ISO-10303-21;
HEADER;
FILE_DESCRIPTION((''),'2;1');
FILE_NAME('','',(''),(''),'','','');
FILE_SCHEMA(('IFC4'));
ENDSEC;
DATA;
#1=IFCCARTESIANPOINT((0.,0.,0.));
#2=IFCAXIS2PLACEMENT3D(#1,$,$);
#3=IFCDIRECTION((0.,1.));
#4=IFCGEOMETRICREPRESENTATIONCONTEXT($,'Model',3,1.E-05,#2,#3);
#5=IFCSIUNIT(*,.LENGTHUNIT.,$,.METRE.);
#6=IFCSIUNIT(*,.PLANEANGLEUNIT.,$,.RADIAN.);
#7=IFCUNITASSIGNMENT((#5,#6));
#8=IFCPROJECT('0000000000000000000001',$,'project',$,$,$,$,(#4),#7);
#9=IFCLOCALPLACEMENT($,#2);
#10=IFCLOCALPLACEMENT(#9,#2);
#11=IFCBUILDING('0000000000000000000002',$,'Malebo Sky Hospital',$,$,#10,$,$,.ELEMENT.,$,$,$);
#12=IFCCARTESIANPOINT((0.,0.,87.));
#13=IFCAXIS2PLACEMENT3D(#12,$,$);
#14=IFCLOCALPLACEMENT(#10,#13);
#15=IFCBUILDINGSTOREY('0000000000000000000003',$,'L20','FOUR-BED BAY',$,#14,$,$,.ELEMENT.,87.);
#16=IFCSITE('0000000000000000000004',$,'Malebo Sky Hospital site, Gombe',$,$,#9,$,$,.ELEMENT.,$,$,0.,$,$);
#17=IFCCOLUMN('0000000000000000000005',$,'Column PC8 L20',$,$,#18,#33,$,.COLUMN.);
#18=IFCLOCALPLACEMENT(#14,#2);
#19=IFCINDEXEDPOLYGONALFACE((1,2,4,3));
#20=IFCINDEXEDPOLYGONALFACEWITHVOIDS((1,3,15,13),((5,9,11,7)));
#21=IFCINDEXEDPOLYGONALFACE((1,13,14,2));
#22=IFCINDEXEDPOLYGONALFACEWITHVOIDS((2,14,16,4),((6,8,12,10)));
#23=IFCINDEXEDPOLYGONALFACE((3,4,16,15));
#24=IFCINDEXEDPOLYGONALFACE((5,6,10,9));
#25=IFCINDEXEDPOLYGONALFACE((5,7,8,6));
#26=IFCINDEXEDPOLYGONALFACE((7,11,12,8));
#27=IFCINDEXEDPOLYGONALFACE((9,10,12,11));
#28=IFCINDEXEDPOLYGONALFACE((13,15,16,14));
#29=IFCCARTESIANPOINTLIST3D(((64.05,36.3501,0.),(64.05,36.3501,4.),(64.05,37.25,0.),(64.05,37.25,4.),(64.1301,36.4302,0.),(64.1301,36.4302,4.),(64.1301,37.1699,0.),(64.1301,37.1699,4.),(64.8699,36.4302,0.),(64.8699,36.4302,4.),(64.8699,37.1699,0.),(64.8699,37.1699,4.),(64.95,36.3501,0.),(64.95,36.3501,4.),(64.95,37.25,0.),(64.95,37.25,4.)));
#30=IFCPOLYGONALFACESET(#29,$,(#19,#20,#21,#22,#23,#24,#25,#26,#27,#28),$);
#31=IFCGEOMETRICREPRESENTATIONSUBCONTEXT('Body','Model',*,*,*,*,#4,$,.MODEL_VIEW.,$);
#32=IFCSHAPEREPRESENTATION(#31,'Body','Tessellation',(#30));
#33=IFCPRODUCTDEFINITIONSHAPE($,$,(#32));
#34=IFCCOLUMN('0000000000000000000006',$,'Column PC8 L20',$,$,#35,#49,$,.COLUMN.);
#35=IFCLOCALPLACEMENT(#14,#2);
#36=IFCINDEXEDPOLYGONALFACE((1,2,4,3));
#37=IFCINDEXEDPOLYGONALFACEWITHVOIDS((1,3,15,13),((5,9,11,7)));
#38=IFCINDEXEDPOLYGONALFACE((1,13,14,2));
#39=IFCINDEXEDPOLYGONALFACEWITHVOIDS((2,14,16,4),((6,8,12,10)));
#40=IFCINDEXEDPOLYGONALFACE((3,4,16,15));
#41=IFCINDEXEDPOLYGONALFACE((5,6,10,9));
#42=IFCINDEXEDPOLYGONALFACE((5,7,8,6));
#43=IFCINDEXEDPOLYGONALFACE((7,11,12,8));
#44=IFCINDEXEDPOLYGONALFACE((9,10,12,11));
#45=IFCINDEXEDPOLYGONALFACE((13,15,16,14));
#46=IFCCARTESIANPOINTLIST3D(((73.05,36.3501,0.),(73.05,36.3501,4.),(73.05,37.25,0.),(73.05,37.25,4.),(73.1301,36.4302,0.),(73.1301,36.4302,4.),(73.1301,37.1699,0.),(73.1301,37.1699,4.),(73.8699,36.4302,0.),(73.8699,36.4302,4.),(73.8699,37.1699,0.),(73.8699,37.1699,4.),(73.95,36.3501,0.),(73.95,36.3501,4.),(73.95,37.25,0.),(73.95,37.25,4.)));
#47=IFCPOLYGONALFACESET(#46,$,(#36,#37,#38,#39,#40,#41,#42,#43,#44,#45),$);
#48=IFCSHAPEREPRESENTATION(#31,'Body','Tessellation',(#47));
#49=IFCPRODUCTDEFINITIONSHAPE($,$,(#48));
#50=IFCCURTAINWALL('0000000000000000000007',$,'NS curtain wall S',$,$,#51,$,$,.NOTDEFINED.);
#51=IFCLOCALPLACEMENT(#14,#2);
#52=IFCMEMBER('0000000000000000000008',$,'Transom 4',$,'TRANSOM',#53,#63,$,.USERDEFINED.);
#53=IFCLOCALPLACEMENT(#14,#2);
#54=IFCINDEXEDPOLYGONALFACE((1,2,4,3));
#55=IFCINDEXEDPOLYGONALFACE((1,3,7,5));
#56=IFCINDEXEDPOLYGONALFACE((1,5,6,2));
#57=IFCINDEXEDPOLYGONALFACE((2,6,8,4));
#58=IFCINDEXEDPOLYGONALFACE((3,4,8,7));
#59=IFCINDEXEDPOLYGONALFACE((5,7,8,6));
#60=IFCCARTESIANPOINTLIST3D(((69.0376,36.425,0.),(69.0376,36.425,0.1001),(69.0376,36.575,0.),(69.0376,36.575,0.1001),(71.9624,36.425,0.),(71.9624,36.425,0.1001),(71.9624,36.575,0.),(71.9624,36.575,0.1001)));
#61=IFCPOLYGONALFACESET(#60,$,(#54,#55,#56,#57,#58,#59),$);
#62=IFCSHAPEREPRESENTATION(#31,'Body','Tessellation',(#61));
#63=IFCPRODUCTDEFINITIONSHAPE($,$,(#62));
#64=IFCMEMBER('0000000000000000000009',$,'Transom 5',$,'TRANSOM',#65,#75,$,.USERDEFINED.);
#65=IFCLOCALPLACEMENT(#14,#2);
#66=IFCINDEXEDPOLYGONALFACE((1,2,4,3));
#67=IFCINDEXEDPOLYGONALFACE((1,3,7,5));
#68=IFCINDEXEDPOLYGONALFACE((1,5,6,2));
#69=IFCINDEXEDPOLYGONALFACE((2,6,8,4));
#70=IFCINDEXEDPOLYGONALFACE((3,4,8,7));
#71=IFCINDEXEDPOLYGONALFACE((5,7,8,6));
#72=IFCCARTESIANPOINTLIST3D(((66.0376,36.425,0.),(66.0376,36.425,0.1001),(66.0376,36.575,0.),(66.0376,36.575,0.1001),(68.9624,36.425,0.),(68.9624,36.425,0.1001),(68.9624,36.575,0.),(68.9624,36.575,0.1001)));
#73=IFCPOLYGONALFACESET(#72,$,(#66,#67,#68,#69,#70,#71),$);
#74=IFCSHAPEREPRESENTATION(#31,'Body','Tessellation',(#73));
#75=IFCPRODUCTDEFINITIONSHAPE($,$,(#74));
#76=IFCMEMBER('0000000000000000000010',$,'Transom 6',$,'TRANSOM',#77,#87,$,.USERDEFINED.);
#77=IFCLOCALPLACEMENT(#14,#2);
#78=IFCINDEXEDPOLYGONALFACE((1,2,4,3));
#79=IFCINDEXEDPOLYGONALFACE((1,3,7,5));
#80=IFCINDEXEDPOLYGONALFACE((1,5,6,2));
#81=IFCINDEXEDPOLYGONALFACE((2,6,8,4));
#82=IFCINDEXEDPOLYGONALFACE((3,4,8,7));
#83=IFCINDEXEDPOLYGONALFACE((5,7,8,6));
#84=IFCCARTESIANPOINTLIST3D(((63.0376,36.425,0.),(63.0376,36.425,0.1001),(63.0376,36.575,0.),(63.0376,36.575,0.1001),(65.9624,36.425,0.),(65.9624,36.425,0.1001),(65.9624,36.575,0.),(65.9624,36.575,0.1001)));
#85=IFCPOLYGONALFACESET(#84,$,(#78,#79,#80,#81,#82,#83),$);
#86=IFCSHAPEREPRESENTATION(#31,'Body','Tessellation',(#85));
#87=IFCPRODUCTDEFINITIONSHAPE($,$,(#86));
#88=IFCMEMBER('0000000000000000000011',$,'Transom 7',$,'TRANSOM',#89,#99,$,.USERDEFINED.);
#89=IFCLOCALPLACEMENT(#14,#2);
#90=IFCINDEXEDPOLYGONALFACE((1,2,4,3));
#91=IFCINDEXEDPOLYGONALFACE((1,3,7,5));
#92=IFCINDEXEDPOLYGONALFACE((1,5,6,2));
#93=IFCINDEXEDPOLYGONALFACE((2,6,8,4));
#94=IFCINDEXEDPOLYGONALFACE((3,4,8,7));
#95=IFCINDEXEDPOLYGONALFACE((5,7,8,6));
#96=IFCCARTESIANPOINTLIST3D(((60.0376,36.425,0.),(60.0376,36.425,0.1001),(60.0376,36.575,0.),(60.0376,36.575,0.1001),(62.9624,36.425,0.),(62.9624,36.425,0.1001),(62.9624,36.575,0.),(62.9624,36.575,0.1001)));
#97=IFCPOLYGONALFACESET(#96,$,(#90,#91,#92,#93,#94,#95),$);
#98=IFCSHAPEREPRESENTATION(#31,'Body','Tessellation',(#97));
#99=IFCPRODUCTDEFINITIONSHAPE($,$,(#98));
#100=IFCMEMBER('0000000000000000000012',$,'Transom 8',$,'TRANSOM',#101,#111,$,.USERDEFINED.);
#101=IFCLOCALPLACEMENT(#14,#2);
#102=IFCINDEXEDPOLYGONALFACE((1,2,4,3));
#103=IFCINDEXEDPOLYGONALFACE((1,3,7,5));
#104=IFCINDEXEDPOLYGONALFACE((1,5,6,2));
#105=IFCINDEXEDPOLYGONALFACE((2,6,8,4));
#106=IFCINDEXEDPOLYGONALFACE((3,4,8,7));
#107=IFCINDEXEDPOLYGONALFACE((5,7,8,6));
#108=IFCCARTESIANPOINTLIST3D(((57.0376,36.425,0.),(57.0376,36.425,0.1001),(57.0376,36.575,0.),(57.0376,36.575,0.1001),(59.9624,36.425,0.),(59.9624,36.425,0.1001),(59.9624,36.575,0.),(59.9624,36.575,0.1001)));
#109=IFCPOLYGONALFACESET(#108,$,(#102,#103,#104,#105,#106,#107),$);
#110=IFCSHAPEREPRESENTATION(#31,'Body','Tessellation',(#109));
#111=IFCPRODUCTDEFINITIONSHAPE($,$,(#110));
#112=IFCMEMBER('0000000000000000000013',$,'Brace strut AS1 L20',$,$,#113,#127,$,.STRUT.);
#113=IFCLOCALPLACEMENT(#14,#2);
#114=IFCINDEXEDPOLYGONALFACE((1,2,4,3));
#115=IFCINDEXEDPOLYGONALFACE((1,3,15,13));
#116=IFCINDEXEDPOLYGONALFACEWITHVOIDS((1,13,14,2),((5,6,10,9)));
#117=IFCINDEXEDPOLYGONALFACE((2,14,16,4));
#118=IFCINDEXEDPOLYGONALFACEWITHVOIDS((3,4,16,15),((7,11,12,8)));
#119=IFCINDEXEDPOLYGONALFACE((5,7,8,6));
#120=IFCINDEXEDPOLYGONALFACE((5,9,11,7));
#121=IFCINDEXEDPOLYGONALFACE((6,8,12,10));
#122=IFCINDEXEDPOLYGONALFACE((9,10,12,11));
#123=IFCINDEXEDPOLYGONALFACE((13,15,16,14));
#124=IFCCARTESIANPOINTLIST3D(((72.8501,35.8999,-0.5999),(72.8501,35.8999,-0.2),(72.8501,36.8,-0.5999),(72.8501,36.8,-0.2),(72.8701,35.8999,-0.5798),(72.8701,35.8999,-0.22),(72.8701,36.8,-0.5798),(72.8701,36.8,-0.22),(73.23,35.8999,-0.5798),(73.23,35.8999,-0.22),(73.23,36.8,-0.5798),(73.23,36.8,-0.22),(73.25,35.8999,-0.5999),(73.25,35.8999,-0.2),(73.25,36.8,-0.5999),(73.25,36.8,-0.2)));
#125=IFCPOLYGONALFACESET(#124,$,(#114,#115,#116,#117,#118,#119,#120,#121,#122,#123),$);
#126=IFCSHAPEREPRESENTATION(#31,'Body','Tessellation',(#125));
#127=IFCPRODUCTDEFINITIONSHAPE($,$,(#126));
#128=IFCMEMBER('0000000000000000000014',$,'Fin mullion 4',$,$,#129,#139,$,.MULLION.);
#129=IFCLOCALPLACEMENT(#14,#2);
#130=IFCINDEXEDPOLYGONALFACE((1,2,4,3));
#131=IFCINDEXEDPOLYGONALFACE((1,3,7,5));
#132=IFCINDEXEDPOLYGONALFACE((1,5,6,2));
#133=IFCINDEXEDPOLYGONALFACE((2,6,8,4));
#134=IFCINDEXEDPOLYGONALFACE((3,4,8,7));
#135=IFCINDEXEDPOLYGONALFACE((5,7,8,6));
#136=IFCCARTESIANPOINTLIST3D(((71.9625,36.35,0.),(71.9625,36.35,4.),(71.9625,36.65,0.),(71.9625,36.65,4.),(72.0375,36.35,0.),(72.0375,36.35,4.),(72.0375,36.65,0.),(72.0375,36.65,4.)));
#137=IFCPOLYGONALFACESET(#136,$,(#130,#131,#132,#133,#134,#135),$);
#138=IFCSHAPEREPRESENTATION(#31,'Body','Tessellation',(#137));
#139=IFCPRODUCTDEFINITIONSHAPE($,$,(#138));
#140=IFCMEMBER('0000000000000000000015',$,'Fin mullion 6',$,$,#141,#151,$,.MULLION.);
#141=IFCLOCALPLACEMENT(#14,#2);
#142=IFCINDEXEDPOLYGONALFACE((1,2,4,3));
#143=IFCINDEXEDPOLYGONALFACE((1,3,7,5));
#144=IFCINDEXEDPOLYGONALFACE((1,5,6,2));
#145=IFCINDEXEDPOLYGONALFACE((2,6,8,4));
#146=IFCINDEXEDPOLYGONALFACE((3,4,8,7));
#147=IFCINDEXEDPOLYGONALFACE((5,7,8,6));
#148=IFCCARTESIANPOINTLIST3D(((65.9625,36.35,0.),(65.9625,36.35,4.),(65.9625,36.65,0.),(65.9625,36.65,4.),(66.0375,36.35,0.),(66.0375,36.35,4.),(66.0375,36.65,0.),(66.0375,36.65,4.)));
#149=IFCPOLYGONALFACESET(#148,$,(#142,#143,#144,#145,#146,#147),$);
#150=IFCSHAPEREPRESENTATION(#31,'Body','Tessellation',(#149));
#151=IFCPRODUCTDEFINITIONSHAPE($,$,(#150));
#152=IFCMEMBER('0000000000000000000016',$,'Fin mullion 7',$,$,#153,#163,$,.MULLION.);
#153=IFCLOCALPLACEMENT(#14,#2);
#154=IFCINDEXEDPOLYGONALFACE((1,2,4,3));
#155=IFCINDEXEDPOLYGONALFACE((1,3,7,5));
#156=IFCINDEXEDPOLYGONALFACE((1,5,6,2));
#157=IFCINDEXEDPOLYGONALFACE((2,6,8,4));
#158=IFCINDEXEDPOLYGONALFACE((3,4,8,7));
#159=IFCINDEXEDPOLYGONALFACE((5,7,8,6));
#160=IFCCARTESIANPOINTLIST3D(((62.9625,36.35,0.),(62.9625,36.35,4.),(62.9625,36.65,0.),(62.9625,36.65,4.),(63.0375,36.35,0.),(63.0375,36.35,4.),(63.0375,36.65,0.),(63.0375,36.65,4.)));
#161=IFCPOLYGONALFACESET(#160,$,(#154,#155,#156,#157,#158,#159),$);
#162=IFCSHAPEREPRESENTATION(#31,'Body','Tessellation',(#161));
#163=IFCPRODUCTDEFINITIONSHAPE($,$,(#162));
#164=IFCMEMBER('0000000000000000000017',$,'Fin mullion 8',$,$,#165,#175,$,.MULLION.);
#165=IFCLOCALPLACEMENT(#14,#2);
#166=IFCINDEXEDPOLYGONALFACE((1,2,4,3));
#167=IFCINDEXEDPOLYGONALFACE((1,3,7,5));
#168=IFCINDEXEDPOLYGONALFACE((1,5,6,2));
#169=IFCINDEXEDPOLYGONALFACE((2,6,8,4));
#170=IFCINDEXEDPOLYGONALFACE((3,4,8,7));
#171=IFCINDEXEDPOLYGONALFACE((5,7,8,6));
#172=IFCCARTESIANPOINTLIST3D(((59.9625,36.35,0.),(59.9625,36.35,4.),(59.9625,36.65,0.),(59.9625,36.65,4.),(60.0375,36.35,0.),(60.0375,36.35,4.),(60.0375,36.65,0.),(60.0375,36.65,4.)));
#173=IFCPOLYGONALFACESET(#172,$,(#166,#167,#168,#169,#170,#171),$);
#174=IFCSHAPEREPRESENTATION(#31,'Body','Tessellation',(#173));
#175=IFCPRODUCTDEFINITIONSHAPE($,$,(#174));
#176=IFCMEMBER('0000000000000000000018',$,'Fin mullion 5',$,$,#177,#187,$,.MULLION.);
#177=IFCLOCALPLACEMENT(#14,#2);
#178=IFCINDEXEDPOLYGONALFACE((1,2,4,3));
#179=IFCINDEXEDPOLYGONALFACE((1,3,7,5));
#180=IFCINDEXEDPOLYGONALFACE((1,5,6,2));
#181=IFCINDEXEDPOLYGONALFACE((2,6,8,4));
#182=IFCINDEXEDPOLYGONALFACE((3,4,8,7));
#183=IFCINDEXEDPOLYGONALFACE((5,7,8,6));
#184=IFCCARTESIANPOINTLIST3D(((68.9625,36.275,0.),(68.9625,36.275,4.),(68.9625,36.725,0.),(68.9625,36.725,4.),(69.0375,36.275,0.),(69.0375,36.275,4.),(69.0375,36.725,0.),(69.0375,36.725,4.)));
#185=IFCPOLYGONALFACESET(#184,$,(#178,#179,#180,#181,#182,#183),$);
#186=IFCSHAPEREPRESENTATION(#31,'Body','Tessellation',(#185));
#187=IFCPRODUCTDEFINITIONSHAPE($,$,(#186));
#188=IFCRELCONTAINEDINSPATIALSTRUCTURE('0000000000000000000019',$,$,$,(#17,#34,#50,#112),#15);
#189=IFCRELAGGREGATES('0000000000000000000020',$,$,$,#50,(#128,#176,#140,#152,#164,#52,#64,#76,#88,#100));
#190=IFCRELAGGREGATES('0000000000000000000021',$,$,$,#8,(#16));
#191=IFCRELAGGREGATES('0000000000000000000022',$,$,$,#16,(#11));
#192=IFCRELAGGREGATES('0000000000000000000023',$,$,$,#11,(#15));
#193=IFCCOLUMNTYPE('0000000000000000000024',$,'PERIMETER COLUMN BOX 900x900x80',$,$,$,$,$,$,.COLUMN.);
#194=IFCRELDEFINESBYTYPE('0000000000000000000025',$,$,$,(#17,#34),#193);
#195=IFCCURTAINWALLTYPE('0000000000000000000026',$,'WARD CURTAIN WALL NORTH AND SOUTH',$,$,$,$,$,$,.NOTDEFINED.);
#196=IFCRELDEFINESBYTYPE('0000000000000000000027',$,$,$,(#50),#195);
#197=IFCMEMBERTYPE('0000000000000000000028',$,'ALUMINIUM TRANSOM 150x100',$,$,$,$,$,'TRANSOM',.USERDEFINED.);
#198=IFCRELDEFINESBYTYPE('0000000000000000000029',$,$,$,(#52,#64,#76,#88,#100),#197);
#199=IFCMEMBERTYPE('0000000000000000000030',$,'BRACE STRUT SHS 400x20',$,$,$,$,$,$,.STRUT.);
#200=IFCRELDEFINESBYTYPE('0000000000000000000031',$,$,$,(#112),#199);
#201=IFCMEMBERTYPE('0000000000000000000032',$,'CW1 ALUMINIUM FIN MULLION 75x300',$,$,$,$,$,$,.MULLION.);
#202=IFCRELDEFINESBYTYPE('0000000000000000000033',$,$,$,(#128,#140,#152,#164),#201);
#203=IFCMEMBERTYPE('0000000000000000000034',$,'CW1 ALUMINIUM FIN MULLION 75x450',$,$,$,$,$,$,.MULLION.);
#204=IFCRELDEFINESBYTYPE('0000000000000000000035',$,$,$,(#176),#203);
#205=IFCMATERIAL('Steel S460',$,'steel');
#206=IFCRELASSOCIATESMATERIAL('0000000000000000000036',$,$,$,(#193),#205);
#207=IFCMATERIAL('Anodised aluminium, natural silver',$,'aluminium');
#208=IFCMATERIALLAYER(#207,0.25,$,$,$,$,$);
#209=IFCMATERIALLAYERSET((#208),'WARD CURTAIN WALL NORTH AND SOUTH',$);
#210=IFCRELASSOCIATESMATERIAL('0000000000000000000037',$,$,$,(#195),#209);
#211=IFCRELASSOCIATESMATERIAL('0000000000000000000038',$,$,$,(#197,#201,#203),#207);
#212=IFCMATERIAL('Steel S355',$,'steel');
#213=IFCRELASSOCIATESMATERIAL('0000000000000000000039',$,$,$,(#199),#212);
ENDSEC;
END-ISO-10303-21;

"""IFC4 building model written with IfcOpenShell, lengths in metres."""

from ifc_helpers import new_model, si_unit, direction, frame, origin, origin_2d, place, context, subcontext, project, spatial, rectangle, hollow_rectangle, extrude, material, layer, layer_set, material_profile, profile_set, type_object, element, aggregate, save


model = new_model("IFC4")

# Units and contexts
model_context = context("Model", 3, precision=1e-05, world=origin(), true_north=direction((0.0, 1.0)))
body_context = subcontext(model_context, "Body", "Model", "MODEL_VIEW")
ifc_project = project(units=[si_unit("LENGTHUNIT", "METRE"), si_unit("PLANEANGLEUNIT", "RADIAN")], contexts=[model_context])

# Site, building, storey
site_placement = place(None, origin())
site = spatial("IfcSite", under=ifc_project, at=site_placement, Name="Malebo Sky Hospital site, Gombe", CompositionType="ELEMENT", RefElevation=0.0)
building_placement = place(site_placement, origin())
building = spatial("IfcBuilding", under=site, at=building_placement, Name="Malebo Sky Hospital", CompositionType="ELEMENT")
storey_placement = place(building_placement, frame((0.0, 0.0, 87.0)))
storey = spatial("IfcBuildingStorey", under=building, at=storey_placement, Name="L20", Description="FOUR-BED BAY", CompositionType="ELEMENT", Elevation=87.0)

# Columns
ifc_material_1 = material(Name="Steel S460", Category="steel")
ifc_material_profile_1 = material_profile(ifc_material_1, hollow_rectangle(XDim=0.8999, YDim=0.8999, WallThickness=0.0801, at=origin_2d()), Name="BOX 900x900x80")
ifc_profile_set_1 = profile_set([ifc_material_profile_1], Name="Steel S460")
column_type = type_object("IfcColumnType", Name="PERIMETER COLUMN BOX 900x900x80", PredefinedType="COLUMN", material=ifc_profile_set_1)
for number, where, z_axis, x_axis, name in (
    (1, (64.5, 36.8, 0.0), (0.0, 0.0, 1.0), (1.0, 0.0, 0.0), "Column PC8 L20"),
    (2, (73.5, 36.8, 0.0), (0.0, 0.0, 1.0), (1.0, 0.0, 0.0), "Column PC8 L20"),
):
    element("IfcColumn", number, at=place(storey_placement, frame(where, z_axis=z_axis, x_axis=x_axis)), inside=storey, type_object=column_type, Name=name, PredefinedType="COLUMN", context=body_context, shape_type="SweptSolid", body=[
        extrude(hollow_rectangle(XDim=0.8999, YDim=0.8999, WallThickness=0.0801, at=origin_2d()), origin(), (0.0, 0.0, 1.0), 4.0),
    ])

# Curtain wall, members
ifc_material_2 = material(Name="Anodised aluminium, natural silver", Category="aluminium")
ifc_layer_1 = layer(ifc_material_2, 0.25)
ifc_layer_set_1 = layer_set([ifc_layer_1], Name="WARD CURTAIN WALL NORTH AND SOUTH")
curtain_wall_type = type_object("IfcCurtainWallType", Name="WARD CURTAIN WALL NORTH AND SOUTH", PredefinedType="NOTDEFINED", material=ifc_layer_set_1)
curtain_wall_placement = place(storey_placement, origin())
curtain_wall = element("IfcCurtainWall", 3, at=curtain_wall_placement, inside=storey, type_object=curtain_wall_type, Name="NS curtain wall S", PredefinedType="NOTDEFINED")
ifc_material_profile_2 = material_profile(ifc_material_2, rectangle(XDim=0.1499, YDim=0.1001, at=origin_2d()), Name="ALUMINIUM TRANSOM 150x100")
ifc_profile_set_2 = profile_set([ifc_material_profile_2], Name="Anodised aluminium, natural silver")
member_type_1 = type_object("IfcMemberType", Name="ALUMINIUM TRANSOM 150x100", ElementType="TRANSOM", PredefinedType="USERDEFINED", material=ifc_profile_set_2)
member_1_placement = place(storey_placement, frame((71.9624, 36.5, 0.05), z_axis=(-1.0, 0.0, 0.0), x_axis=(0.0, -1.0, 0.0)))
member_1 = element("IfcMember", 4, at=member_1_placement, type_object=member_type_1, Name="Transom 4", ObjectType="TRANSOM", PredefinedType="USERDEFINED", context=body_context, shape_type="SweptSolid", body=[
    extrude(rectangle(XDim=0.1499, YDim=0.1001, at=origin_2d()), origin(), (0.0, 0.0, 1.0), 2.9248),
])
member_2_placement = place(storey_placement, frame((68.9624, 36.5, 0.05), z_axis=(-1.0, 0.0, 0.0), x_axis=(0.0, -1.0, 0.0)))
member_2 = element("IfcMember", 5, at=member_2_placement, type_object=member_type_1, Name="Transom 5", ObjectType="TRANSOM", PredefinedType="USERDEFINED", context=body_context, shape_type="SweptSolid", body=[
    extrude(rectangle(XDim=0.1499, YDim=0.1001, at=origin_2d()), origin(), (0.0, 0.0, 1.0), 2.9248),
])
member_3_placement = place(storey_placement, frame((65.9624, 36.5, 0.05), z_axis=(-1.0, 0.0, 0.0), x_axis=(0.0, -1.0, 0.0)))
member_3 = element("IfcMember", 6, at=member_3_placement, type_object=member_type_1, Name="Transom 6", ObjectType="TRANSOM", PredefinedType="USERDEFINED", context=body_context, shape_type="SweptSolid", body=[
    extrude(rectangle(XDim=0.1499, YDim=0.1001, at=origin_2d()), origin(), (0.0, 0.0, 1.0), 2.9248),
])
member_4_placement = place(storey_placement, frame((62.9624, 36.5, 0.05), z_axis=(-1.0, 0.0, 0.0), x_axis=(0.0, -1.0, 0.0)))
member_4 = element("IfcMember", 7, at=member_4_placement, type_object=member_type_1, Name="Transom 7", ObjectType="TRANSOM", PredefinedType="USERDEFINED", context=body_context, shape_type="SweptSolid", body=[
    extrude(rectangle(XDim=0.1499, YDim=0.1001, at=origin_2d()), origin(), (0.0, 0.0, 1.0), 2.9248),
])
member_5_placement = place(storey_placement, frame((59.9624, 36.5, 0.05), z_axis=(-1.0, 0.0, 0.0), x_axis=(0.0, -1.0, 0.0)))
member_5 = element("IfcMember", 8, at=member_5_placement, type_object=member_type_1, Name="Transom 8", ObjectType="TRANSOM", PredefinedType="USERDEFINED", context=body_context, shape_type="SweptSolid", body=[
    extrude(rectangle(XDim=0.1499, YDim=0.1001, at=origin_2d()), origin(), (0.0, 0.0, 1.0), 2.9248),
])

# Members
ifc_material_3 = material(Name="Steel S355", Category="steel")
ifc_material_profile_3 = material_profile(ifc_material_3, hollow_rectangle(XDim=0.3999, YDim=0.3999, WallThickness=0.02, at=origin_2d()), Name="SHS 400x20")
ifc_profile_set_3 = profile_set([ifc_material_profile_3], Name="Steel S355")
member_type_2 = type_object("IfcMemberType", Name="BRACE STRUT SHS 400x20", PredefinedType="STRUT", material=ifc_profile_set_3)
member_6_placement = place(storey_placement, frame((73.05, 35.8999, -0.3999), z_axis=(0.0, 1.0, 0.0), x_axis=(-1.0, 0.0, 0.0)))
element("IfcMember", 9, at=member_6_placement, inside=storey, type_object=member_type_2, Name="Brace strut AS1 L20", PredefinedType="STRUT", context=body_context, shape_type="SweptSolid", body=[
    extrude(hollow_rectangle(XDim=0.3999, YDim=0.3999, WallThickness=0.02, at=origin_2d()), origin(), (0.0, 0.0, 1.0), 0.9001),
])
ifc_material_profile_4 = material_profile(ifc_material_2, rectangle(XDim=0.075, YDim=0.3, at=origin_2d()), Name="CW1 ALUMINIUM FIN MULLION 75x300")
ifc_profile_set_4 = profile_set([ifc_material_profile_4], Name="Anodised aluminium, natural silver")
member_type_3 = type_object("IfcMemberType", Name="CW1 ALUMINIUM FIN MULLION 75x300", PredefinedType="MULLION", material=ifc_profile_set_4)
member_7_placement = place(storey_placement, frame((72.0, 36.5, 0.0), z_axis=(0.0, 0.0, 1.0), x_axis=(-1.0, 0.0, 0.0)))
member_7 = element("IfcMember", 10, at=member_7_placement, type_object=member_type_3, Name="Fin mullion 4", PredefinedType="MULLION", context=body_context, shape_type="SweptSolid", body=[
    extrude(rectangle(XDim=0.075, YDim=0.3, at=origin_2d()), origin(), (0.0, 0.0, 1.0), 4.0),
])
member_8_placement = place(storey_placement, frame((66.0, 36.5, 0.0), z_axis=(0.0, 0.0, 1.0), x_axis=(-1.0, 0.0, 0.0)))
member_8 = element("IfcMember", 11, at=member_8_placement, type_object=member_type_3, Name="Fin mullion 6", PredefinedType="MULLION", context=body_context, shape_type="SweptSolid", body=[
    extrude(rectangle(XDim=0.075, YDim=0.3, at=origin_2d()), origin(), (0.0, 0.0, 1.0), 4.0),
])
member_9_placement = place(storey_placement, frame((63.0, 36.5, 0.0), z_axis=(0.0, 0.0, 1.0), x_axis=(-1.0, 0.0, 0.0)))
member_9 = element("IfcMember", 12, at=member_9_placement, type_object=member_type_3, Name="Fin mullion 7", PredefinedType="MULLION", context=body_context, shape_type="SweptSolid", body=[
    extrude(rectangle(XDim=0.075, YDim=0.3, at=origin_2d()), origin(), (0.0, 0.0, 1.0), 4.0),
])
member_10_placement = place(storey_placement, frame((60.0, 36.5, 0.0), z_axis=(0.0, 0.0, 1.0), x_axis=(-1.0, 0.0, 0.0)))
member_10 = element("IfcMember", 13, at=member_10_placement, type_object=member_type_3, Name="Fin mullion 8", PredefinedType="MULLION", context=body_context, shape_type="SweptSolid", body=[
    extrude(rectangle(XDim=0.075, YDim=0.3, at=origin_2d()), origin(), (0.0, 0.0, 1.0), 4.0),
])
ifc_material_profile_5 = material_profile(ifc_material_2, rectangle(XDim=0.075, YDim=0.45, at=origin_2d()), Name="CW1 ALUMINIUM FIN MULLION 75x450")
ifc_profile_set_5 = profile_set([ifc_material_profile_5], Name="Anodised aluminium, natural silver")
member_type_4 = type_object("IfcMemberType", Name="CW1 ALUMINIUM FIN MULLION 75x450", PredefinedType="MULLION", material=ifc_profile_set_5)
member_11_placement = place(storey_placement, frame((69.0, 36.5, 0.0), z_axis=(0.0, 0.0, 1.0), x_axis=(-1.0, 0.0, 0.0)))
member_11 = element("IfcMember", 14, at=member_11_placement, type_object=member_type_4, Name="Fin mullion 5", PredefinedType="MULLION", context=body_context, shape_type="SweptSolid", body=[
    extrude(rectangle(XDim=0.075, YDim=0.45, at=origin_2d()), origin(), (0.0, 0.0, 1.0), 4.0),
])

aggregate(curtain_wall, [member_7, member_11, member_8, member_9, member_10, member_1, member_2, member_3, member_4, member_5])

save(model, "model.ifc")
